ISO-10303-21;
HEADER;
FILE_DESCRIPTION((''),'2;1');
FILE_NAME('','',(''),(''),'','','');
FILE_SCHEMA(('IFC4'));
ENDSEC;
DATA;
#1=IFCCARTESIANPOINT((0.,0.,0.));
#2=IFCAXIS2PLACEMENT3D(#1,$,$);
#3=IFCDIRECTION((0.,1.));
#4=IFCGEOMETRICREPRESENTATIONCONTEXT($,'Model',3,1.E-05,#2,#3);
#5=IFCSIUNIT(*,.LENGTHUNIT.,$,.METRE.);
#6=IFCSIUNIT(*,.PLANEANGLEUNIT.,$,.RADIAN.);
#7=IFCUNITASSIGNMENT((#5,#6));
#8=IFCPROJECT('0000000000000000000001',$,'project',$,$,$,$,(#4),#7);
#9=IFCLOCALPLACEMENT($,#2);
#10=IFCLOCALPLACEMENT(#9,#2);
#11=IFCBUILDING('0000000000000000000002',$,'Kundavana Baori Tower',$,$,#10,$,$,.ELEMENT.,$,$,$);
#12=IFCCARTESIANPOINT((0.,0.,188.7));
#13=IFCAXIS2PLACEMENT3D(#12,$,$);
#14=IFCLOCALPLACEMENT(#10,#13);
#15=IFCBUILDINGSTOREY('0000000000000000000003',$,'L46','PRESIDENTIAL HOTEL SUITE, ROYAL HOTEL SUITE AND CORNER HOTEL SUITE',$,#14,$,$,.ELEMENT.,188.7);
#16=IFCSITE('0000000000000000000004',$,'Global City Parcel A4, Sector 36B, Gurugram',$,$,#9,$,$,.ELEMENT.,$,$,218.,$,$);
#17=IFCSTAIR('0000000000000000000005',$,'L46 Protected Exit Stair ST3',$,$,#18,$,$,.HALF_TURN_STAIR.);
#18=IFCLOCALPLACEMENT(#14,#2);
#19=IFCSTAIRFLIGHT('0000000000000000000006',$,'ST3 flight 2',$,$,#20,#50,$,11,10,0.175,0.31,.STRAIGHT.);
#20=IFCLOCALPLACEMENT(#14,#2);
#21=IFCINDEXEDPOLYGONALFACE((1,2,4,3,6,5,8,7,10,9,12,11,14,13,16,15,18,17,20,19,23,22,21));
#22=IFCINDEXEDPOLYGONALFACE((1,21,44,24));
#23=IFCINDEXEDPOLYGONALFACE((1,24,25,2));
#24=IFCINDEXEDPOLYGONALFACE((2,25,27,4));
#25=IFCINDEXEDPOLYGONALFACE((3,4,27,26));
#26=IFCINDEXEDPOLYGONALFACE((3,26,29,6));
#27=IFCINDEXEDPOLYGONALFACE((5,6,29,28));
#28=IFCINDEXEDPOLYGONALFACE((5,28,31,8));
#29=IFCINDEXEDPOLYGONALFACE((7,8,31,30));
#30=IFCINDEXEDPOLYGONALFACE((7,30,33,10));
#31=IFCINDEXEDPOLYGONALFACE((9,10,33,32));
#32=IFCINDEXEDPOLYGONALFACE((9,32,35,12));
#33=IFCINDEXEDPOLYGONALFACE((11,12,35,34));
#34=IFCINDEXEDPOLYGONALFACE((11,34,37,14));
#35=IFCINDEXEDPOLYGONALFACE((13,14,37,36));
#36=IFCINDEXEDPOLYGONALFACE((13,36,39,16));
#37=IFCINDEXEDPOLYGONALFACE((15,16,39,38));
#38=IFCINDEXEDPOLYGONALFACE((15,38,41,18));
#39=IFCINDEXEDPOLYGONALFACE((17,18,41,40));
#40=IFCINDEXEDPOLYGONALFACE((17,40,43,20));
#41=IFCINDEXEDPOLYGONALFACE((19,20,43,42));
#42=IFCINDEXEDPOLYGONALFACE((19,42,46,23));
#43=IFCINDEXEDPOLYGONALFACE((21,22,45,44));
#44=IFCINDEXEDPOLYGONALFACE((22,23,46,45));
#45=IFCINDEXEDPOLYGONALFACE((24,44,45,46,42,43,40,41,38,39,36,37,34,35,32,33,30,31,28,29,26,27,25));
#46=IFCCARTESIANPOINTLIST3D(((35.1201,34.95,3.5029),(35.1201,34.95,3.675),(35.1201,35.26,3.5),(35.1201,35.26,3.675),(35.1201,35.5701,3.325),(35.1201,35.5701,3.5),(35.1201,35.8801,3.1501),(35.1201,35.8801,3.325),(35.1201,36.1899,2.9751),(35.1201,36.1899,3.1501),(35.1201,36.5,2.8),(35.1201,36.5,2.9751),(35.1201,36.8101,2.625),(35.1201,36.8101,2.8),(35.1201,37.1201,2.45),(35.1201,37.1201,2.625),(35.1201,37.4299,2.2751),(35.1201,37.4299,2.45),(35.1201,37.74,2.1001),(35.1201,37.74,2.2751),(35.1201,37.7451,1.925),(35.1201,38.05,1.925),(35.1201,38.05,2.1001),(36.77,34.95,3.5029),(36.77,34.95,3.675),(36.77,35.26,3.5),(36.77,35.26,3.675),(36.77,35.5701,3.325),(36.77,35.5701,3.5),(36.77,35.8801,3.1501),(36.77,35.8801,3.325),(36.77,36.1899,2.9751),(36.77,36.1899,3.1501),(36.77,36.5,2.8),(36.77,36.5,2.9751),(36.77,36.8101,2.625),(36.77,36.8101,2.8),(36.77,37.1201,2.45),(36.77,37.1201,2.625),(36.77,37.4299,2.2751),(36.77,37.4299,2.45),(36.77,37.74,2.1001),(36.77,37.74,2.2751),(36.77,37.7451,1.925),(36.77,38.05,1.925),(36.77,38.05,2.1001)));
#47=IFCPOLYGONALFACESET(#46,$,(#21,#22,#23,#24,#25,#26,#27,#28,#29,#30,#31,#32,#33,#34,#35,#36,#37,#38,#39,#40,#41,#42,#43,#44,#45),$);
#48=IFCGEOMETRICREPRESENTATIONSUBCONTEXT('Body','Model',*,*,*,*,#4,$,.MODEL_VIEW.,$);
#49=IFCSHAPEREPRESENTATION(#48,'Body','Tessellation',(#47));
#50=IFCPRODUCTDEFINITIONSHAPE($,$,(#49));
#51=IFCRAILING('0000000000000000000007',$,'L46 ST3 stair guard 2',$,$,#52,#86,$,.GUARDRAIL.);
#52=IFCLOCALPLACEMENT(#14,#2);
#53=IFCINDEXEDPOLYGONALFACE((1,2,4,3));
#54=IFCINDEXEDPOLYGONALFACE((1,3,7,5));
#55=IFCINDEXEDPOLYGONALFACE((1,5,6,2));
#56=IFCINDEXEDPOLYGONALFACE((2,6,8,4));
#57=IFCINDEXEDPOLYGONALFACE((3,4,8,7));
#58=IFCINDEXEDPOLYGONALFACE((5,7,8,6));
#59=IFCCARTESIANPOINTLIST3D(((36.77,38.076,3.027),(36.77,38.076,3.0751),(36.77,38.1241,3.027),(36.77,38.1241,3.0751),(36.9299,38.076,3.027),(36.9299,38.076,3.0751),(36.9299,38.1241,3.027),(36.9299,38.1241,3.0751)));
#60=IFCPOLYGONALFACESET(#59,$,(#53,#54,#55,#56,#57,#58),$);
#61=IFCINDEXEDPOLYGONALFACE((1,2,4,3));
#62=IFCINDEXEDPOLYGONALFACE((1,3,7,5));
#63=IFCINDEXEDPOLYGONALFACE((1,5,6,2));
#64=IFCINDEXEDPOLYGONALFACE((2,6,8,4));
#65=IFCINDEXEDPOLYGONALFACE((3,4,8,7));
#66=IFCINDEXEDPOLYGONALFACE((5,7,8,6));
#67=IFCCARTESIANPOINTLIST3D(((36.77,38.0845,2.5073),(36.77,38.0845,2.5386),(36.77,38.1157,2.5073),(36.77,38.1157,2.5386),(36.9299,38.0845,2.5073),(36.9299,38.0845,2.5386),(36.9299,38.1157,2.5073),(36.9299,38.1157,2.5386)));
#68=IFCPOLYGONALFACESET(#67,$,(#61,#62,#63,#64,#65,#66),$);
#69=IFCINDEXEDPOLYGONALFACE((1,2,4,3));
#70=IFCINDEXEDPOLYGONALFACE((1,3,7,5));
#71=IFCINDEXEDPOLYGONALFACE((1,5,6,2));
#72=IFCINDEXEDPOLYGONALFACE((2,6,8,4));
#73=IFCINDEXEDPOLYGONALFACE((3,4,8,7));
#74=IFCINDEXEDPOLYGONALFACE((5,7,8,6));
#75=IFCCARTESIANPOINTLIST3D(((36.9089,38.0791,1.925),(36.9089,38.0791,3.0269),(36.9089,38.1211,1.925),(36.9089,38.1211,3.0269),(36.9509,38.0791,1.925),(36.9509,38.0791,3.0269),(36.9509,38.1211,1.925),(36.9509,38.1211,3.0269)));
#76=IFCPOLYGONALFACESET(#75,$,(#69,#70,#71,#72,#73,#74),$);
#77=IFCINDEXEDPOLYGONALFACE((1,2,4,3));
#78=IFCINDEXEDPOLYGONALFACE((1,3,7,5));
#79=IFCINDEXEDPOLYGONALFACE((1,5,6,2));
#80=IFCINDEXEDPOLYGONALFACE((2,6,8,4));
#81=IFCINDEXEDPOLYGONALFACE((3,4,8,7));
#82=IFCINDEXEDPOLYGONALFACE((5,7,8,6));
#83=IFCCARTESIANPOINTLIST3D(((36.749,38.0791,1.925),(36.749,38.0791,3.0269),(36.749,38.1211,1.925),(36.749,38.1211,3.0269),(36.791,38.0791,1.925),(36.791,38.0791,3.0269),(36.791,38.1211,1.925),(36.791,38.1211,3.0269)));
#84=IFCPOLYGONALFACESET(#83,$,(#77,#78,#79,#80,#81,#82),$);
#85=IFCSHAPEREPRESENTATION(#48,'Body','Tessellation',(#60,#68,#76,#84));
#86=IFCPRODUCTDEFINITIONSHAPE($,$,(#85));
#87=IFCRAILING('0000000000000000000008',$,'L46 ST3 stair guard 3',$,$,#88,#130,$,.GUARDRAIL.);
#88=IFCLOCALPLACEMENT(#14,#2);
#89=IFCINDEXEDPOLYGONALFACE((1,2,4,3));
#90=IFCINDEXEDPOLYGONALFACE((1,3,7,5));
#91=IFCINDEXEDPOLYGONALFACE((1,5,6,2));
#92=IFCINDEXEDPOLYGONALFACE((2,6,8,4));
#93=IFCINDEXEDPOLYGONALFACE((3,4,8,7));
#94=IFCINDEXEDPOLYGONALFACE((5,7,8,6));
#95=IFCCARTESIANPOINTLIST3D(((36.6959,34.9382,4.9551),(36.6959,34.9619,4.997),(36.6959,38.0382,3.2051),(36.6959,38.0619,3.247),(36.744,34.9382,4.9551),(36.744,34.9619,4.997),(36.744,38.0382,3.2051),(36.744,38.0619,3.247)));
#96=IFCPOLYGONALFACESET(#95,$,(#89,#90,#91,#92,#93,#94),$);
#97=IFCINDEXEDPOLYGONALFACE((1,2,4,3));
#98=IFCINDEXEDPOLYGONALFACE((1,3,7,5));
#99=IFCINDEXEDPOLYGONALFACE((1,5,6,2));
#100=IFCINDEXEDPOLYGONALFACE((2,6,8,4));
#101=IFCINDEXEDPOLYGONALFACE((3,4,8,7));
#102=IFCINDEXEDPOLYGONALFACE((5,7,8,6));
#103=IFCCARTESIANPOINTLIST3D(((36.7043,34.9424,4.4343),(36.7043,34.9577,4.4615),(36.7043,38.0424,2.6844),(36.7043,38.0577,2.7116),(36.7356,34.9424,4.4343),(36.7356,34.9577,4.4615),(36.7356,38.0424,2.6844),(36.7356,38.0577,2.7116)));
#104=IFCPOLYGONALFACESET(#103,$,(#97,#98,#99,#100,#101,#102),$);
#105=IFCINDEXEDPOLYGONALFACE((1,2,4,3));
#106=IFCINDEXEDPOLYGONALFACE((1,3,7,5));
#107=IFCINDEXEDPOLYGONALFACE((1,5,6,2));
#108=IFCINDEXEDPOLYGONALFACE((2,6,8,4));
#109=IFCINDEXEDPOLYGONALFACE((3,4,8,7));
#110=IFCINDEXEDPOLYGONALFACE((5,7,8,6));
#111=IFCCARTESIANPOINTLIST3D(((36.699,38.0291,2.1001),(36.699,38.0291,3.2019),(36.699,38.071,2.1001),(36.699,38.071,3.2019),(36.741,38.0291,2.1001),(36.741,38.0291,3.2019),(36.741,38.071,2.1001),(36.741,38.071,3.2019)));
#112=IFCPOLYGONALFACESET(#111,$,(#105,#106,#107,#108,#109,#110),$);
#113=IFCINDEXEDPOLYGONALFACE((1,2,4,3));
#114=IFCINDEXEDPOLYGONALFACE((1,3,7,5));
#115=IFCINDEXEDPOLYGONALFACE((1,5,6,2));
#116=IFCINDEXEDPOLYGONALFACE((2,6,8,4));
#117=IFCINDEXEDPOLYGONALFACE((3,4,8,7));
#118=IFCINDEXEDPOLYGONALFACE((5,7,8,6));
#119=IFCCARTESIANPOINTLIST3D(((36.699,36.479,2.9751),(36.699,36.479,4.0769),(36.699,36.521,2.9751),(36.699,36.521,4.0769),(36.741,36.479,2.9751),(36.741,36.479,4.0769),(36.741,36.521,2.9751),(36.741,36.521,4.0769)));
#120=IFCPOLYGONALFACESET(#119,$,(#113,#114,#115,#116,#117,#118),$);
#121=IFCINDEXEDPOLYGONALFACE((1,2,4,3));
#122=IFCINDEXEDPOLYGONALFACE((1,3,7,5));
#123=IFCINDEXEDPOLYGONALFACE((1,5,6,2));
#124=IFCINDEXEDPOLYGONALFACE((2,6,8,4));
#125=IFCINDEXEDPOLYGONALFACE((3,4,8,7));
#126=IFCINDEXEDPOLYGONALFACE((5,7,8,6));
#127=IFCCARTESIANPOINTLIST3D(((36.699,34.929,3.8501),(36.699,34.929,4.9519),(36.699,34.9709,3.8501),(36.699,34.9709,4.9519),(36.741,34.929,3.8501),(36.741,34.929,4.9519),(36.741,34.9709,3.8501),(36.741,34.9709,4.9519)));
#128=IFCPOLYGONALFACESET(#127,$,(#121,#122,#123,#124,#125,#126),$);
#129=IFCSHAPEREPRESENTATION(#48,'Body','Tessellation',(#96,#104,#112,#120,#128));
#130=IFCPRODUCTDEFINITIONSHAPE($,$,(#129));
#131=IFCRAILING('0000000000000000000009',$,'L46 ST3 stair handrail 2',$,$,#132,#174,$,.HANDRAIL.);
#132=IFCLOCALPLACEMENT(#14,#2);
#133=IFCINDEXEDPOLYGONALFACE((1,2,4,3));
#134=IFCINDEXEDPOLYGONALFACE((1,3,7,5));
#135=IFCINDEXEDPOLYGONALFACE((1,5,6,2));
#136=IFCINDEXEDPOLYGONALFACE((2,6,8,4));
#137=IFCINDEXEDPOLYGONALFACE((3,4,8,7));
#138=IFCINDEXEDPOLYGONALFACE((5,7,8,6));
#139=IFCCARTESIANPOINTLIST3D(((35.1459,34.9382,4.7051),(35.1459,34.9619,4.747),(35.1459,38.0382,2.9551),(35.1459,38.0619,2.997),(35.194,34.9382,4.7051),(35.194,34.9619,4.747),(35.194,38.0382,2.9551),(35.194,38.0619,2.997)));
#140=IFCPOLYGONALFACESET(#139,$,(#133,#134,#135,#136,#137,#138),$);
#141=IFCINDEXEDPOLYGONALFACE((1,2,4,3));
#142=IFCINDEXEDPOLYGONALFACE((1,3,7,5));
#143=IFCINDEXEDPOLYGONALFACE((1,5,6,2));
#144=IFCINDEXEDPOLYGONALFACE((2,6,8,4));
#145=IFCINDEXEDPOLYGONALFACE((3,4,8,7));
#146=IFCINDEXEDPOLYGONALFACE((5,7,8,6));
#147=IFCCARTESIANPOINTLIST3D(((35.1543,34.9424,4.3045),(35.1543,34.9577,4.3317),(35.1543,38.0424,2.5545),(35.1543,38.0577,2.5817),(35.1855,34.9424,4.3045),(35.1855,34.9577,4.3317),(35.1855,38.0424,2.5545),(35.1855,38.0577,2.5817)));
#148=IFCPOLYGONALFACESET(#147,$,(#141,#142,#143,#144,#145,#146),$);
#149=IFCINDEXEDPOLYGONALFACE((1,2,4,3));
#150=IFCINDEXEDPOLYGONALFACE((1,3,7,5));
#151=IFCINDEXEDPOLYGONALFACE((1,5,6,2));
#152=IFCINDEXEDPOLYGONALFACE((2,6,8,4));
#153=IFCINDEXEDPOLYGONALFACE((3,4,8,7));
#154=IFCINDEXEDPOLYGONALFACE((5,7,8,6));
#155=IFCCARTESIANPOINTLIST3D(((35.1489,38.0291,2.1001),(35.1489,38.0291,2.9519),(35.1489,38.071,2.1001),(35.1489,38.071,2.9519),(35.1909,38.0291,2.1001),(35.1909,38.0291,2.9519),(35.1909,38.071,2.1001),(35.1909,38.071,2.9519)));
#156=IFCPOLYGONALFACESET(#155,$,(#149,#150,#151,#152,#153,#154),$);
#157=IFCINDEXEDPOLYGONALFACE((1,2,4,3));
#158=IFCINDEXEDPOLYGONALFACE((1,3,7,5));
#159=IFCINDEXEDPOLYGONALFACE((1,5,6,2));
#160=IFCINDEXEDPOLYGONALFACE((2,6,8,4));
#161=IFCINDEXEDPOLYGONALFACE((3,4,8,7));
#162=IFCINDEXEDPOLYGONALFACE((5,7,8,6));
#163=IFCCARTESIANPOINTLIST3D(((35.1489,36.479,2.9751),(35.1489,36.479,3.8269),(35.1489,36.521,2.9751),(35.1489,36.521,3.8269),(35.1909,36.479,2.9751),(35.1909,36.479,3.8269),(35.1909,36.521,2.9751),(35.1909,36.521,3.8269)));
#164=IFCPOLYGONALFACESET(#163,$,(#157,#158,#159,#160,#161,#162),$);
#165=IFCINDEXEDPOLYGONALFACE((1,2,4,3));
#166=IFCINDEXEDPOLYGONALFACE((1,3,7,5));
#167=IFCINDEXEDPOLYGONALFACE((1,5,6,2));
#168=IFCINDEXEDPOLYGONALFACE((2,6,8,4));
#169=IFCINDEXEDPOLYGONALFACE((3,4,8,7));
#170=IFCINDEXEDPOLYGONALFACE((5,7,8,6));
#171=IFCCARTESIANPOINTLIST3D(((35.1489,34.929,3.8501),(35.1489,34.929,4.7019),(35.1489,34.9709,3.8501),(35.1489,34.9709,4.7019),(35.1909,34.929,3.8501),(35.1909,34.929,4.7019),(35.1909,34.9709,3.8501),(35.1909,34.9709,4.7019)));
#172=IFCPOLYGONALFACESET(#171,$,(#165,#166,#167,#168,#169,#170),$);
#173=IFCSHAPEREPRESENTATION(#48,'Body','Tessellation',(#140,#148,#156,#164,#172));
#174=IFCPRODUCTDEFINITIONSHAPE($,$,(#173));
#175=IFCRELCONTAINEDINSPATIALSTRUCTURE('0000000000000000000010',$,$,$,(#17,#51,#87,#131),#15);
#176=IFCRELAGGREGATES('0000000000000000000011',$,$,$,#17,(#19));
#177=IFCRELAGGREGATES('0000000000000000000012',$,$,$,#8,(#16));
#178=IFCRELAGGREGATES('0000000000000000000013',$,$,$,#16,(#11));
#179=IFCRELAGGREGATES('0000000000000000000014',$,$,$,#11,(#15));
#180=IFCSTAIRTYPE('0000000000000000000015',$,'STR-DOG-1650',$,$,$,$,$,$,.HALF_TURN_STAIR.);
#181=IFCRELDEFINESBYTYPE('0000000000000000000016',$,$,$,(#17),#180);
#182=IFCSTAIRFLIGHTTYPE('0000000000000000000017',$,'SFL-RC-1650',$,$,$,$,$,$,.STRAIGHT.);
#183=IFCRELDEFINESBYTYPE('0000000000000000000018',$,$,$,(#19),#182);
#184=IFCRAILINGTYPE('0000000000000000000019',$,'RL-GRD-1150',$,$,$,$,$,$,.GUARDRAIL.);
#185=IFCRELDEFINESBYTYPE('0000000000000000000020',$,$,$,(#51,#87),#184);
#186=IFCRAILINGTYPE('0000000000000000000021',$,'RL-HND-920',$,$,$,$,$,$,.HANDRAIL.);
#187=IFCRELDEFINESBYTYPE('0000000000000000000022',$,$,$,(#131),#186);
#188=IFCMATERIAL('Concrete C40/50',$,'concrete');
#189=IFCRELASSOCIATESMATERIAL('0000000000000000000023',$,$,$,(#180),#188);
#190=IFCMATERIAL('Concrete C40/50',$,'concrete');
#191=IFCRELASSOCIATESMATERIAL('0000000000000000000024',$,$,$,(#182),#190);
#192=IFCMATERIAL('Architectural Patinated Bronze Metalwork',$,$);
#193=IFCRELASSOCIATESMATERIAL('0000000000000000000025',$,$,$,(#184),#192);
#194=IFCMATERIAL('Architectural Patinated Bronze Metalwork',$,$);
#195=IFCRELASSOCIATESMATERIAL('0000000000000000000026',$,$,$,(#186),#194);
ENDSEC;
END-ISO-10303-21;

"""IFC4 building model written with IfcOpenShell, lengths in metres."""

from ifc_helpers import new_model, si_unit, direction, frame, origin, origin_2d, place, context, subcontext, project, spatial, polyline, rectangle, outline, extrude, material, type_object, element, aggregate, save


model = new_model("IFC4")

# Units and contexts
model_context = context("Model", 3, precision=1e-05, world=origin(), true_north=direction((0.0, 1.0)))
body_context = subcontext(model_context, "Body", "Model", "MODEL_VIEW")
ifc_project = project(units=[si_unit("LENGTHUNIT", "METRE"), si_unit("PLANEANGLEUNIT", "RADIAN")], contexts=[model_context])

# Site, building, storey
site_placement = place(None, origin())
site = spatial("IfcSite", under=ifc_project, at=site_placement, Name="Global City Parcel A4, Sector 36B, Gurugram", CompositionType="ELEMENT", RefElevation=218.0)
building_placement = place(site_placement, origin())
building = spatial("IfcBuilding", under=site, at=building_placement, Name="Kundavana Baori Tower", CompositionType="ELEMENT")
storey_placement = place(building_placement, frame((0.0, 0.0, 188.7)))
storey = spatial("IfcBuildingStorey", under=building, at=storey_placement, Name="L46", Description="PRESIDENTIAL HOTEL SUITE, ROYAL HOTEL SUITE AND CORNER HOTEL SUITE", CompositionType="ELEMENT", Elevation=188.7)

# Stair, stair flight
ifc_material_1 = material(Name="Concrete C40/50", Category="concrete")
stair_type = type_object("IfcStairType", Name="STR-DOG-1650", PredefinedType="HALF_TURN_STAIR", material=ifc_material_1)
stair_placement = place(storey_placement, origin())
stair = element("IfcStair", 1, at=stair_placement, inside=storey, type_object=stair_type, Name="L46 Protected Exit Stair ST3", PredefinedType="HALF_TURN_STAIR")
ifc_material_2 = material(Name="Concrete C40/50", Category="concrete")
stair_flight_type = type_object("IfcStairFlightType", Name="SFL-RC-1650", PredefinedType="STRAIGHT", material=ifc_material_2)
stair_flight_placement = place(storey_placement, frame((35.9451, 38.05, 1.925), z_axis=(0.0, 0.0, 1.0), x_axis=(0.0, -1.0, 0.0)))
stair_flight = element("IfcStairFlight", 2, at=stair_flight_placement, type_object=stair_flight_type, Name="ST3 flight 2", NumberOfRisers=11, NumberOfTreads=10, PredefinedType="STRAIGHT", RiserHeight=0.175, TreadLength=0.31, context=body_context, shape_type="SweptSolid", body=[
    extrude(outline(polyline([(0.0, 0.0), (0.0, 0.175), (0.3101, 0.175), (0.3101, 0.3501), (0.6201, 0.3501), (0.6201, 0.5249), (0.9299, 0.5249), (0.9299, 0.7), (1.24, 0.7), (1.24, 0.875), (1.55, 0.875), (1.55, 1.05), (1.8601, 1.05), (1.8601, 1.2251), (2.1699, 1.2251), (2.1699, 1.3999), (2.48, 1.3999), (2.48, 1.575), (2.79, 1.575), (2.79, 1.75), (3.1001, 1.75), (3.1001, 1.925), (3.1001, 1.5779), (0.3049, 0.0), (0.0, 0.0)])), frame((0.0, 0.825, 0.0), z_axis=(0.0, -1.0, 0.0), x_axis=(1.0, 0.0, 0.0)), (0.0, 0.0, 1.0), 1.6499),
])
aggregate(stair, [stair_flight])

# Railings
ifc_material_3 = material(Name="Architectural Patinated Bronze Metalwork")
railing_type_1 = type_object("IfcRailingType", Name="RL-GRD-1150", PredefinedType="GUARDRAIL", material=ifc_material_3)
railing_1_placement = place(storey_placement, frame((36.9299, 38.1001, 1.925)))
element("IfcRailing", 3, at=railing_1_placement, inside=storey, type_object=railing_type_1, Name="L46 ST3 stair guard 2", PredefinedType="GUARDRAIL", context=body_context, shape_type="SweptSolid", body=[
    extrude(rectangle(XDim=0.0481, YDim=0.0481, at=origin_2d()), frame((0.0, 0.0, 1.126), z_axis=(-1.0, 0.0, 0.0), x_axis=(0.0, -1.0, 0.0)), (0.0, 0.0, 1.0), 0.1599),
    extrude(rectangle(XDim=0.0312, YDim=0.0312, at=origin_2d()), frame((0.0, 0.0, 0.5979), z_axis=(-1.0, 0.0, 0.0), x_axis=(0.0, -1.0, 0.0)), (0.0, 0.0, 1.0), 0.1599),
    extrude(rectangle(XDim=0.042, YDim=0.042, at=origin_2d()), origin(), (0.0, 0.0, 1.0), 1.1018),
    extrude(rectangle(XDim=0.042, YDim=0.042, at=origin_2d()), frame((-0.1599, 0.0, 0.0)), (0.0, 0.0, 1.0), 1.1018),
])
railing_2_placement = place(storey_placement, frame((36.72, 38.05, 2.1001)))
element("IfcRailing", 4, at=railing_2_placement, inside=storey, type_object=railing_type_1, Name="L46 ST3 stair guard 3", PredefinedType="GUARDRAIL", context=body_context, shape_type="SweptSolid", body=[
    extrude(rectangle(XDim=0.0481, YDim=0.0481, at=origin_2d()), frame((0.0, 0.0, 1.126), z_axis=(0.0, -0.870831, 0.491583), x_axis=(1.0, 0.0, 0.0)), (0.0, 0.0, 1.0), 3.5598),
    extrude(rectangle(XDim=0.0312, YDim=0.0312, at=origin_2d()), frame((0.0, 0.0, 0.5979), z_axis=(0.0, -0.870831, 0.491583), x_axis=(1.0, 0.0, 0.0)), (0.0, 0.0, 1.0), 3.5598),
    extrude(rectangle(XDim=0.042, YDim=0.042, at=origin_2d()), origin(), (0.0, 0.0, 1.0), 1.1018),
    extrude(rectangle(XDim=0.042, YDim=0.042, at=origin_2d()), frame((0.0, -1.55, 0.875)), (0.0, 0.0, 1.0), 1.1018),
    extrude(rectangle(XDim=0.042, YDim=0.042, at=origin_2d()), frame((0.0, -3.1001, 1.75)), (0.0, 0.0, 1.0), 1.1018),
])
ifc_material_4 = material(Name="Architectural Patinated Bronze Metalwork")
railing_type_2 = type_object("IfcRailingType", Name="RL-HND-920", PredefinedType="HANDRAIL", material=ifc_material_4)
railing_3_placement = place(storey_placement, frame((35.1699, 38.05, 2.1001)))
element("IfcRailing", 5, at=railing_3_placement, inside=storey, type_object=railing_type_2, Name="L46 ST3 stair handrail 2", PredefinedType="HANDRAIL", context=body_context, shape_type="SweptSolid", body=[
    extrude(rectangle(XDim=0.0481, YDim=0.0481, at=origin_2d()), frame((0.0, 0.0, 0.876), z_axis=(0.0, -0.870831, 0.491583), x_axis=(1.0, 0.0, 0.0)), (0.0, 0.0, 1.0), 3.5598),
    extrude(rectangle(XDim=0.0312, YDim=0.0312, at=origin_2d()), frame((0.0, 0.0, 0.468), z_axis=(0.0, -0.870831, 0.491583), x_axis=(1.0, 0.0, 0.0)), (0.0, 0.0, 1.0), 3.5598),
    extrude(rectangle(XDim=0.042, YDim=0.042, at=origin_2d()), origin(), (0.0, 0.0, 1.0), 0.8518),
    extrude(rectangle(XDim=0.042, YDim=0.042, at=origin_2d()), frame((0.0, -1.55, 0.875)), (0.0, 0.0, 1.0), 0.8518),
    extrude(rectangle(XDim=0.042, YDim=0.042, at=origin_2d()), frame((0.0, -3.1001, 1.75)), (0.0, 0.0, 1.0), 0.8518),
])

save(model, "model.ifc")
